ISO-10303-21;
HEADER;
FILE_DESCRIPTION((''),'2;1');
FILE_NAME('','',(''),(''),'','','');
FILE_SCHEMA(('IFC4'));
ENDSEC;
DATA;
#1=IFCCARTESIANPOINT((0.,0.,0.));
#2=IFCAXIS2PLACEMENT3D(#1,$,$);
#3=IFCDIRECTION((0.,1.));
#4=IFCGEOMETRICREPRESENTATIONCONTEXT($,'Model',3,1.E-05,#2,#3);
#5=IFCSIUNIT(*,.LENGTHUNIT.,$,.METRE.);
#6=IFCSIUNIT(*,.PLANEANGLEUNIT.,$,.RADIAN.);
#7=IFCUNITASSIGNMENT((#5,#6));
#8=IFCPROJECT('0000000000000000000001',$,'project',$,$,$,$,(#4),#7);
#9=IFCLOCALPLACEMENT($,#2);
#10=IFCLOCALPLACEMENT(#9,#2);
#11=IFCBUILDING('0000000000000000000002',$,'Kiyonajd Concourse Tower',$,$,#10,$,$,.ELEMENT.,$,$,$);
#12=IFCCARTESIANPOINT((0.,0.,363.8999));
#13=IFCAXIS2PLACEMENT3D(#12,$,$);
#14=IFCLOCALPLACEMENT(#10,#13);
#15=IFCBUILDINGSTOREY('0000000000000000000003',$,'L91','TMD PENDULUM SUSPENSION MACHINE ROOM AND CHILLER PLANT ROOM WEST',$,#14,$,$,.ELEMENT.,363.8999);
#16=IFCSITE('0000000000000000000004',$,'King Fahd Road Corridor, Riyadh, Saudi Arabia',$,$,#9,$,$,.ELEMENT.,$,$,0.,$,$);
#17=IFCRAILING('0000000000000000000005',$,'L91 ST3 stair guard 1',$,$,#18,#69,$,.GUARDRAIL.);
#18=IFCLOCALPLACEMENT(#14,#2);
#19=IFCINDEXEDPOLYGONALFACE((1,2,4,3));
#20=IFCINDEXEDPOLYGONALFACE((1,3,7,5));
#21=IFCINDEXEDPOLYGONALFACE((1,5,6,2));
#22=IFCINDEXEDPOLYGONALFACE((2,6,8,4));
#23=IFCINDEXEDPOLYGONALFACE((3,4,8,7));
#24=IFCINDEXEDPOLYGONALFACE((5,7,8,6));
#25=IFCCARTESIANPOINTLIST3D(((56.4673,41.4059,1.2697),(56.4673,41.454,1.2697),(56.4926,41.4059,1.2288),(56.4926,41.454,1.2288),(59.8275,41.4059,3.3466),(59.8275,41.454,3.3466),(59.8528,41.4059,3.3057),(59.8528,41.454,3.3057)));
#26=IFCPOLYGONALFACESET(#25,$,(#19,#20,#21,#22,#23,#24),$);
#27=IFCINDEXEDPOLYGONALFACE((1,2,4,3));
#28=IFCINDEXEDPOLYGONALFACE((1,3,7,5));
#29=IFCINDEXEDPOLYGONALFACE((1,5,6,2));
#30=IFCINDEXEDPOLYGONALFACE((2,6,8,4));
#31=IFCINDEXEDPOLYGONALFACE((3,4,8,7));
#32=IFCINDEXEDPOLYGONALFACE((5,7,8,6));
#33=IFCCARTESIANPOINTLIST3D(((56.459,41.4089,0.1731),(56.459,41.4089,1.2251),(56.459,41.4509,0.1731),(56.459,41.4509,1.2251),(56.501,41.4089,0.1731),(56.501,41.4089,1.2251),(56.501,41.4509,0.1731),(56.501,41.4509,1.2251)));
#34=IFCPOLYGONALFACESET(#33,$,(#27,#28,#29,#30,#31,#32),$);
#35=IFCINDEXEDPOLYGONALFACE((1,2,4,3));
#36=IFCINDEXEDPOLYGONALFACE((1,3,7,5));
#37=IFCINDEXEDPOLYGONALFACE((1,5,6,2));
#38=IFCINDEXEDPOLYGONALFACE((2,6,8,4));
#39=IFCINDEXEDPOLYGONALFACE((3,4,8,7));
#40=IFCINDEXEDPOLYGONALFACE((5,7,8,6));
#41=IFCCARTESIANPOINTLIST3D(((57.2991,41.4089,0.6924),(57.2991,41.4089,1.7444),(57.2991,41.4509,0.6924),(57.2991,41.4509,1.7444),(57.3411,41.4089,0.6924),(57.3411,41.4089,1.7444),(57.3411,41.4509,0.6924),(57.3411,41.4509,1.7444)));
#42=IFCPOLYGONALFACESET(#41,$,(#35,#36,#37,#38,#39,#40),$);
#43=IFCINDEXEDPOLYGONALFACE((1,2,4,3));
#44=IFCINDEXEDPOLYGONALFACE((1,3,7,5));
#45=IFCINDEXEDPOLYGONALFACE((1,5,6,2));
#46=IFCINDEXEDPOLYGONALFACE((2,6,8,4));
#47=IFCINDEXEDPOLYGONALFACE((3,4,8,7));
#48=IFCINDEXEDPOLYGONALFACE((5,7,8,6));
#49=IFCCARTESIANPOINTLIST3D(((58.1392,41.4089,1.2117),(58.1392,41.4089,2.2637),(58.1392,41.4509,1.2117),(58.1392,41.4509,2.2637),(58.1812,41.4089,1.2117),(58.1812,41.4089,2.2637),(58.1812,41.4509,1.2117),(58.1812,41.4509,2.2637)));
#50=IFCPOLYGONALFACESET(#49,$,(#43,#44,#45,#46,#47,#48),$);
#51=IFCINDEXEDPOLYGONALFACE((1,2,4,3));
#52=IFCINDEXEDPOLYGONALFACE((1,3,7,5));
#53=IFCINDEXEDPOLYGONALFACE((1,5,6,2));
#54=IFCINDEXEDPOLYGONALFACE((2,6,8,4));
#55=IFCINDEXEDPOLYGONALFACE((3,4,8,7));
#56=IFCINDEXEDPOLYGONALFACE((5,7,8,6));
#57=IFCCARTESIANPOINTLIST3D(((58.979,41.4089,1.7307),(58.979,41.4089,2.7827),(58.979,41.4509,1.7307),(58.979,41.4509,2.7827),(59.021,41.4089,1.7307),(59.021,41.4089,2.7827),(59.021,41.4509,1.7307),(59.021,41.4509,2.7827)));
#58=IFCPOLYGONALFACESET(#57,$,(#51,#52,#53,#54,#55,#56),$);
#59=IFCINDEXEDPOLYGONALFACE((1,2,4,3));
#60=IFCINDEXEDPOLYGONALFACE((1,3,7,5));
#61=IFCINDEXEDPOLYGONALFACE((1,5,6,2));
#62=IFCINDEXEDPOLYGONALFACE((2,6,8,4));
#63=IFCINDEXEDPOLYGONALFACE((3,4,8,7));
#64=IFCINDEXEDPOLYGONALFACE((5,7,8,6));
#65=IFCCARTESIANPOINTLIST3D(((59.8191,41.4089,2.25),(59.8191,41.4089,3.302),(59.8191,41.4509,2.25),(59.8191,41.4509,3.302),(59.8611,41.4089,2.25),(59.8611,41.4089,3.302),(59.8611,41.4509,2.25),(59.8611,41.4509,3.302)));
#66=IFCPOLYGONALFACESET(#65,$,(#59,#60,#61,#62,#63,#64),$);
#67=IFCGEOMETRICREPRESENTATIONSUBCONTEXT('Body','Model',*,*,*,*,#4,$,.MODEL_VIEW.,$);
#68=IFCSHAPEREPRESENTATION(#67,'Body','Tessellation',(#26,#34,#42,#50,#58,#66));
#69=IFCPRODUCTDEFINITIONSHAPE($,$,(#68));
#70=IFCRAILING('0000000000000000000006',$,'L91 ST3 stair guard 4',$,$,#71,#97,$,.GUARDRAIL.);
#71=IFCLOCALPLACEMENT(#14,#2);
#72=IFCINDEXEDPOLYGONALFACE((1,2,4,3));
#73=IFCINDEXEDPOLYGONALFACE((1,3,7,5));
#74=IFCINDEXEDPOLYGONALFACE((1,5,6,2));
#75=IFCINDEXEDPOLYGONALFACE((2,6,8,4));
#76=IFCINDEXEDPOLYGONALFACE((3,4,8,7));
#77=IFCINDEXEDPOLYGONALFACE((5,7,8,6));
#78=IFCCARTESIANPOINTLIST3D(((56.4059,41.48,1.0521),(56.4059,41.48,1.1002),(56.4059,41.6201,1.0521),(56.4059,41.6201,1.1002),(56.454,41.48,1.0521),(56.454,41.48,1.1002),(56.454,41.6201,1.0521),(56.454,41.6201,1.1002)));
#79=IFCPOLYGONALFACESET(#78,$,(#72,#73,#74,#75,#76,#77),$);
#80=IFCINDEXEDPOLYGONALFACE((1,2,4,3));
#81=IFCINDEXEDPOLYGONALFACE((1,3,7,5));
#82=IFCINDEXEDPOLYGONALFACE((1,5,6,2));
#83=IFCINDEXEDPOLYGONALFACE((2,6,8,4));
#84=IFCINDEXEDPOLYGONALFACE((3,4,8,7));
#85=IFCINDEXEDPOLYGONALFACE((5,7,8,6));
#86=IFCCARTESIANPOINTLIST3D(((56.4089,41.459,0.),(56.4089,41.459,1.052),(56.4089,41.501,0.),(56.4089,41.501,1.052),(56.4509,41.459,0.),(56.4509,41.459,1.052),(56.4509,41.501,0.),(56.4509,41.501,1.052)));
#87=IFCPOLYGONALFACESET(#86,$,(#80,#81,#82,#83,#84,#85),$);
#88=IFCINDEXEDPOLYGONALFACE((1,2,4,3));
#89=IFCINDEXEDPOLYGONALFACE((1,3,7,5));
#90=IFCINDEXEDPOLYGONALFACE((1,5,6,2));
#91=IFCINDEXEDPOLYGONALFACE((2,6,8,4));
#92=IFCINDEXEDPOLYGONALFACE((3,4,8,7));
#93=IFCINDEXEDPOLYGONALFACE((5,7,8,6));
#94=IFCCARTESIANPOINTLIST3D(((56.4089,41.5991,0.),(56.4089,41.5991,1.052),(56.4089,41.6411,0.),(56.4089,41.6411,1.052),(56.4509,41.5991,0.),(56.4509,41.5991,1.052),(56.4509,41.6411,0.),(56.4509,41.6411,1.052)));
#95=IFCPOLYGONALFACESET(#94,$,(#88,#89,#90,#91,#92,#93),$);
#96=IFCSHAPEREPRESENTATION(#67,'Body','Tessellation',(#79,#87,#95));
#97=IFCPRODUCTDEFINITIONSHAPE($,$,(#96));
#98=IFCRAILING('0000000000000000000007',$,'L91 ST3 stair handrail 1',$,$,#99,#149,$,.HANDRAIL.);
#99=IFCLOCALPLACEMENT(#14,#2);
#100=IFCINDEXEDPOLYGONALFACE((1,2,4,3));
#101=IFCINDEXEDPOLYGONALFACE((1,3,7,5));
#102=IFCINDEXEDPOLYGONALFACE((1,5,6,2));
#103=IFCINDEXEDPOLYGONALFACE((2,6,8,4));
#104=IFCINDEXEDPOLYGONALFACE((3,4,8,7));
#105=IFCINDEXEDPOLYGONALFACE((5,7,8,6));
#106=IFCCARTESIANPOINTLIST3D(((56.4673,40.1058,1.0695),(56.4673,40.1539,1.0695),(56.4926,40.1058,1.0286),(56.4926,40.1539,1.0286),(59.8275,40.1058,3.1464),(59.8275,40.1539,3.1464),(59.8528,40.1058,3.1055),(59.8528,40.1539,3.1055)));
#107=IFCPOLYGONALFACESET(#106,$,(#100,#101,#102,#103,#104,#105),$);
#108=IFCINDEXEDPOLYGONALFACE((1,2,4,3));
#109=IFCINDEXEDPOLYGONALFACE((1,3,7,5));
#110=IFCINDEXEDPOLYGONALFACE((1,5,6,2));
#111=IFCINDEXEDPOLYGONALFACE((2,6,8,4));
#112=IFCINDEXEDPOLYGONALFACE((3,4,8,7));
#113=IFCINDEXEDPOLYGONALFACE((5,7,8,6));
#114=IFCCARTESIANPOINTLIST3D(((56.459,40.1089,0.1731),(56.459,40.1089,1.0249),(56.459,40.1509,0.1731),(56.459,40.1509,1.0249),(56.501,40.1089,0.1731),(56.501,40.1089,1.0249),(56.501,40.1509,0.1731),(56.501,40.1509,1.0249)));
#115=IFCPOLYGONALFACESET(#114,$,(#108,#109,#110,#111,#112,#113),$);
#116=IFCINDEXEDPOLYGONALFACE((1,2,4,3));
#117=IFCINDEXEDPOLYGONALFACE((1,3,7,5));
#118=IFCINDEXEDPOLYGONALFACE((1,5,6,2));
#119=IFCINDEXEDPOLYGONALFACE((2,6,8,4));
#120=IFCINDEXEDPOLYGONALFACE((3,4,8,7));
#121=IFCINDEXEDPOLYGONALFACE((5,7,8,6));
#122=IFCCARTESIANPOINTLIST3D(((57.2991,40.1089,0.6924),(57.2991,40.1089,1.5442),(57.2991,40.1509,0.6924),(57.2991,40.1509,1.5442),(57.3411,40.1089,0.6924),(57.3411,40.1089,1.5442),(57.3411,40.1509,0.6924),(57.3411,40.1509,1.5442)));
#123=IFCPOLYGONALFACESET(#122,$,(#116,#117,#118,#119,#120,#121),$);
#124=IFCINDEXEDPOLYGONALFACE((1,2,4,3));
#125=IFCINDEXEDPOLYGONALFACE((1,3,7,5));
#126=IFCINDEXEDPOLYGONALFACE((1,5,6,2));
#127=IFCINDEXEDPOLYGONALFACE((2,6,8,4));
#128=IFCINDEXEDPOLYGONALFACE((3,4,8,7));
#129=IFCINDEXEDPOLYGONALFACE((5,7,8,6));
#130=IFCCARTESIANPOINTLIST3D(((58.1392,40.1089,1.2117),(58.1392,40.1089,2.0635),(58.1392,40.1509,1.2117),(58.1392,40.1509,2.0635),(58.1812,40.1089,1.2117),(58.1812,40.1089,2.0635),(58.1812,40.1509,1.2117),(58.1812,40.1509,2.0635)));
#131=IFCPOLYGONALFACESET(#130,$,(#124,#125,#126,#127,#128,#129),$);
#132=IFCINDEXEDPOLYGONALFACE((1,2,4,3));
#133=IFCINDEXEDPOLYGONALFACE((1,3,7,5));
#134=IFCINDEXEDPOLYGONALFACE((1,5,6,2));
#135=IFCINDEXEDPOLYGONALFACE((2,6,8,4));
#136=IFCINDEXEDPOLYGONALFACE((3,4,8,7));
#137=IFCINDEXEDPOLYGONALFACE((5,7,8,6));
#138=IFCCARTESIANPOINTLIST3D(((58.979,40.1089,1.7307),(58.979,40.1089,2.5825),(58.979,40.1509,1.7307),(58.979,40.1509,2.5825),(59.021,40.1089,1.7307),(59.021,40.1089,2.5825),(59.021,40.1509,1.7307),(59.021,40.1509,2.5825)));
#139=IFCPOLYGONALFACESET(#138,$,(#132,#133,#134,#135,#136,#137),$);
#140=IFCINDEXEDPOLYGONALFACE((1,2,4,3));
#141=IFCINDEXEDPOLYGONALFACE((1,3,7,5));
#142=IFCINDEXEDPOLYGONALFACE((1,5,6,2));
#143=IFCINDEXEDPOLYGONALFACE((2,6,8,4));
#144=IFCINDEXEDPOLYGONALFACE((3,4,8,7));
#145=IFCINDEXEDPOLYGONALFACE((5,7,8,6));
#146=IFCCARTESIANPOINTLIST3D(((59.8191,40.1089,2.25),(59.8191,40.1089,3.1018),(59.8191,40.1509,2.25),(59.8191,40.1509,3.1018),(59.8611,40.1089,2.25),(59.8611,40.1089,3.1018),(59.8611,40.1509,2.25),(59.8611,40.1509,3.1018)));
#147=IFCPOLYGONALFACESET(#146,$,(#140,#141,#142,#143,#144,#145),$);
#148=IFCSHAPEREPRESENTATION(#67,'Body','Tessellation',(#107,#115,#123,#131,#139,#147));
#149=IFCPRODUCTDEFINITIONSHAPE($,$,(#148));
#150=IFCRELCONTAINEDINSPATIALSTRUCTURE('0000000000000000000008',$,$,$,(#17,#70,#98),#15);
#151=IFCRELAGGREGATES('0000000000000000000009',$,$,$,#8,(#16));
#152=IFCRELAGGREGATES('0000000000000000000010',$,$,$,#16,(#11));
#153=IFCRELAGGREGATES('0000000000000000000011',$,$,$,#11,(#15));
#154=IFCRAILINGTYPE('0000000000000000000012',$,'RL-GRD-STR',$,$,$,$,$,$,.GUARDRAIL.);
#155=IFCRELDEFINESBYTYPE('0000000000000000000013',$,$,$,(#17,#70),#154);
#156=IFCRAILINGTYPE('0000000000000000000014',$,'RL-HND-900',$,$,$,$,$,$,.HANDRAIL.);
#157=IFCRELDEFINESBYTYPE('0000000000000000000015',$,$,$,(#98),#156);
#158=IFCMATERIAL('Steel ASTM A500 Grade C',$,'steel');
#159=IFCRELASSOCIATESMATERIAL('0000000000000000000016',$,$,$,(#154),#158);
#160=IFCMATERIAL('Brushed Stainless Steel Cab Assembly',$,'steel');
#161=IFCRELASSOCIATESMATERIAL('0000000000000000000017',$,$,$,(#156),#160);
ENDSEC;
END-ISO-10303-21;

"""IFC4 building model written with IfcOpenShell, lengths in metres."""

from ifc_helpers import new_model, si_unit, direction, frame, origin, origin_2d, place, context, subcontext, project, spatial, rectangle, extrude, material, type_object, element, save


model = new_model("IFC4")

# Units and contexts
model_context = context("Model", 3, precision=1e-05, world=origin(), true_north=direction((0.0, 1.0)))
body_context = subcontext(model_context, "Body", "Model", "MODEL_VIEW")
ifc_project = project(units=[si_unit("LENGTHUNIT", "METRE"), si_unit("PLANEANGLEUNIT", "RADIAN")], contexts=[model_context])

# Site, building, storey
site_placement = place(None, origin())
site = spatial("IfcSite", under=ifc_project, at=site_placement, Name="King Fahd Road Corridor, Riyadh, Saudi Arabia", CompositionType="ELEMENT", RefElevation=0.0)
building_placement = place(site_placement, origin())
building = spatial("IfcBuilding", under=site, at=building_placement, Name="Kiyonajd Concourse Tower", CompositionType="ELEMENT")
storey_placement = place(building_placement, frame((0.0, 0.0, 363.8999)))
storey = spatial("IfcBuildingStorey", under=building, at=storey_placement, Name="L91", Description="TMD PENDULUM SUSPENSION MACHINE ROOM AND CHILLER PLANT ROOM WEST", CompositionType="ELEMENT", Elevation=363.8999)

# Shared definitions
ifc_material_1 = material(Name="Steel ASTM A500 Grade C", Category="steel")

# Shared definitions
ifc_material_2 = material(Name="Brushed Stainless Steel Cab Assembly", Category="steel")

# Railings
railing_type_1 = type_object("IfcRailingType", Name="RL-GRD-STR", PredefinedType="GUARDRAIL", material=ifc_material_1)
railing_1_placement = place(storey_placement, frame((56.48, 41.4299, 0.1731)))
element("IfcRailing", 1, at=railing_1_placement, inside=storey, type_object=railing_type_1, Name="L91 ST3 stair guard 1", PredefinedType="GUARDRAIL", context=body_context, shape_type="SweptSolid", body=[
    extrude(rectangle(XDim=0.0481, YDim=0.0481, at=origin_2d()), frame((0.0, 0.0, 1.0762), z_axis=(0.850623, 0.0, 0.525776), x_axis=(0.0, 1.0, 0.0)), (0.0, 0.0, 1.0), 3.9502),
    extrude(rectangle(XDim=0.042, YDim=0.042, at=origin_2d()), origin(), (0.0, 0.0, 1.0), 1.052),
    extrude(rectangle(XDim=0.042, YDim=0.042, at=origin_2d()), frame((0.8401, 0.0, 0.5193)), (0.0, 0.0, 1.0), 1.052),
    extrude(rectangle(XDim=0.042, YDim=0.042, at=origin_2d()), frame((1.6802, 0.0, 1.0386)), (0.0, 0.0, 1.0), 1.052),
    extrude(rectangle(XDim=0.042, YDim=0.042, at=origin_2d()), frame((2.52, 0.0, 1.5576)), (0.0, 0.0, 1.0), 1.052),
    extrude(rectangle(XDim=0.042, YDim=0.042, at=origin_2d()), frame((3.3601, 0.0, 2.0769)), (0.0, 0.0, 1.0), 1.052),
])
railing_2_placement = place(storey_placement, frame((56.4299, 41.48, 0.0)))
element("IfcRailing", 2, at=railing_2_placement, inside=storey, type_object=railing_type_1, Name="L91 ST3 stair guard 4", PredefinedType="GUARDRAIL", context=body_context, shape_type="SweptSolid", body=[
    extrude(rectangle(XDim=0.0481, YDim=0.0481, at=origin_2d()), frame((0.0, 0.0, 1.0762), z_axis=(0.0, 1.0, 0.0), x_axis=(-1.0, 0.0, 0.0)), (0.0, 0.0, 1.0), 0.1401),
    extrude(rectangle(XDim=0.042, YDim=0.042, at=origin_2d()), origin(), (0.0, 0.0, 1.0), 1.052),
    extrude(rectangle(XDim=0.042, YDim=0.042, at=origin_2d()), frame((0.0, 0.1401, 0.0)), (0.0, 0.0, 1.0), 1.052),
])
railing_type_2 = type_object("IfcRailingType", Name="RL-HND-900", PredefinedType="HANDRAIL", material=ifc_material_2)
railing_3_placement = place(storey_placement, frame((56.48, 40.1299, 0.1731)))
element("IfcRailing", 3, at=railing_3_placement, inside=storey, type_object=railing_type_2, Name="L91 ST3 stair handrail 1", PredefinedType="HANDRAIL", context=body_context, shape_type="SweptSolid", body=[
    extrude(rectangle(XDim=0.0481, YDim=0.0481, at=origin_2d()), frame((0.0, 0.0, 0.876), z_axis=(0.850623, 0.0, 0.525776), x_axis=(0.0, 1.0, 0.0)), (0.0, 0.0, 1.0), 3.9502),
    extrude(rectangle(XDim=0.042, YDim=0.042, at=origin_2d()), origin(), (0.0, 0.0, 1.0), 0.8518),
    extrude(rectangle(XDim=0.042, YDim=0.042, at=origin_2d()), frame((0.8401, 0.0, 0.5193)), (0.0, 0.0, 1.0), 0.8518),
    extrude(rectangle(XDim=0.042, YDim=0.042, at=origin_2d()), frame((1.6802, 0.0, 1.0386)), (0.0, 0.0, 1.0), 0.8518),
    extrude(rectangle(XDim=0.042, YDim=0.042, at=origin_2d()), frame((2.52, 0.0, 1.5576)), (0.0, 0.0, 1.0), 0.8518),
    extrude(rectangle(XDim=0.042, YDim=0.042, at=origin_2d()), frame((3.3601, 0.0, 2.0769)), (0.0, 0.0, 1.0), 0.8518),
])

save(model, "model.ifc")
